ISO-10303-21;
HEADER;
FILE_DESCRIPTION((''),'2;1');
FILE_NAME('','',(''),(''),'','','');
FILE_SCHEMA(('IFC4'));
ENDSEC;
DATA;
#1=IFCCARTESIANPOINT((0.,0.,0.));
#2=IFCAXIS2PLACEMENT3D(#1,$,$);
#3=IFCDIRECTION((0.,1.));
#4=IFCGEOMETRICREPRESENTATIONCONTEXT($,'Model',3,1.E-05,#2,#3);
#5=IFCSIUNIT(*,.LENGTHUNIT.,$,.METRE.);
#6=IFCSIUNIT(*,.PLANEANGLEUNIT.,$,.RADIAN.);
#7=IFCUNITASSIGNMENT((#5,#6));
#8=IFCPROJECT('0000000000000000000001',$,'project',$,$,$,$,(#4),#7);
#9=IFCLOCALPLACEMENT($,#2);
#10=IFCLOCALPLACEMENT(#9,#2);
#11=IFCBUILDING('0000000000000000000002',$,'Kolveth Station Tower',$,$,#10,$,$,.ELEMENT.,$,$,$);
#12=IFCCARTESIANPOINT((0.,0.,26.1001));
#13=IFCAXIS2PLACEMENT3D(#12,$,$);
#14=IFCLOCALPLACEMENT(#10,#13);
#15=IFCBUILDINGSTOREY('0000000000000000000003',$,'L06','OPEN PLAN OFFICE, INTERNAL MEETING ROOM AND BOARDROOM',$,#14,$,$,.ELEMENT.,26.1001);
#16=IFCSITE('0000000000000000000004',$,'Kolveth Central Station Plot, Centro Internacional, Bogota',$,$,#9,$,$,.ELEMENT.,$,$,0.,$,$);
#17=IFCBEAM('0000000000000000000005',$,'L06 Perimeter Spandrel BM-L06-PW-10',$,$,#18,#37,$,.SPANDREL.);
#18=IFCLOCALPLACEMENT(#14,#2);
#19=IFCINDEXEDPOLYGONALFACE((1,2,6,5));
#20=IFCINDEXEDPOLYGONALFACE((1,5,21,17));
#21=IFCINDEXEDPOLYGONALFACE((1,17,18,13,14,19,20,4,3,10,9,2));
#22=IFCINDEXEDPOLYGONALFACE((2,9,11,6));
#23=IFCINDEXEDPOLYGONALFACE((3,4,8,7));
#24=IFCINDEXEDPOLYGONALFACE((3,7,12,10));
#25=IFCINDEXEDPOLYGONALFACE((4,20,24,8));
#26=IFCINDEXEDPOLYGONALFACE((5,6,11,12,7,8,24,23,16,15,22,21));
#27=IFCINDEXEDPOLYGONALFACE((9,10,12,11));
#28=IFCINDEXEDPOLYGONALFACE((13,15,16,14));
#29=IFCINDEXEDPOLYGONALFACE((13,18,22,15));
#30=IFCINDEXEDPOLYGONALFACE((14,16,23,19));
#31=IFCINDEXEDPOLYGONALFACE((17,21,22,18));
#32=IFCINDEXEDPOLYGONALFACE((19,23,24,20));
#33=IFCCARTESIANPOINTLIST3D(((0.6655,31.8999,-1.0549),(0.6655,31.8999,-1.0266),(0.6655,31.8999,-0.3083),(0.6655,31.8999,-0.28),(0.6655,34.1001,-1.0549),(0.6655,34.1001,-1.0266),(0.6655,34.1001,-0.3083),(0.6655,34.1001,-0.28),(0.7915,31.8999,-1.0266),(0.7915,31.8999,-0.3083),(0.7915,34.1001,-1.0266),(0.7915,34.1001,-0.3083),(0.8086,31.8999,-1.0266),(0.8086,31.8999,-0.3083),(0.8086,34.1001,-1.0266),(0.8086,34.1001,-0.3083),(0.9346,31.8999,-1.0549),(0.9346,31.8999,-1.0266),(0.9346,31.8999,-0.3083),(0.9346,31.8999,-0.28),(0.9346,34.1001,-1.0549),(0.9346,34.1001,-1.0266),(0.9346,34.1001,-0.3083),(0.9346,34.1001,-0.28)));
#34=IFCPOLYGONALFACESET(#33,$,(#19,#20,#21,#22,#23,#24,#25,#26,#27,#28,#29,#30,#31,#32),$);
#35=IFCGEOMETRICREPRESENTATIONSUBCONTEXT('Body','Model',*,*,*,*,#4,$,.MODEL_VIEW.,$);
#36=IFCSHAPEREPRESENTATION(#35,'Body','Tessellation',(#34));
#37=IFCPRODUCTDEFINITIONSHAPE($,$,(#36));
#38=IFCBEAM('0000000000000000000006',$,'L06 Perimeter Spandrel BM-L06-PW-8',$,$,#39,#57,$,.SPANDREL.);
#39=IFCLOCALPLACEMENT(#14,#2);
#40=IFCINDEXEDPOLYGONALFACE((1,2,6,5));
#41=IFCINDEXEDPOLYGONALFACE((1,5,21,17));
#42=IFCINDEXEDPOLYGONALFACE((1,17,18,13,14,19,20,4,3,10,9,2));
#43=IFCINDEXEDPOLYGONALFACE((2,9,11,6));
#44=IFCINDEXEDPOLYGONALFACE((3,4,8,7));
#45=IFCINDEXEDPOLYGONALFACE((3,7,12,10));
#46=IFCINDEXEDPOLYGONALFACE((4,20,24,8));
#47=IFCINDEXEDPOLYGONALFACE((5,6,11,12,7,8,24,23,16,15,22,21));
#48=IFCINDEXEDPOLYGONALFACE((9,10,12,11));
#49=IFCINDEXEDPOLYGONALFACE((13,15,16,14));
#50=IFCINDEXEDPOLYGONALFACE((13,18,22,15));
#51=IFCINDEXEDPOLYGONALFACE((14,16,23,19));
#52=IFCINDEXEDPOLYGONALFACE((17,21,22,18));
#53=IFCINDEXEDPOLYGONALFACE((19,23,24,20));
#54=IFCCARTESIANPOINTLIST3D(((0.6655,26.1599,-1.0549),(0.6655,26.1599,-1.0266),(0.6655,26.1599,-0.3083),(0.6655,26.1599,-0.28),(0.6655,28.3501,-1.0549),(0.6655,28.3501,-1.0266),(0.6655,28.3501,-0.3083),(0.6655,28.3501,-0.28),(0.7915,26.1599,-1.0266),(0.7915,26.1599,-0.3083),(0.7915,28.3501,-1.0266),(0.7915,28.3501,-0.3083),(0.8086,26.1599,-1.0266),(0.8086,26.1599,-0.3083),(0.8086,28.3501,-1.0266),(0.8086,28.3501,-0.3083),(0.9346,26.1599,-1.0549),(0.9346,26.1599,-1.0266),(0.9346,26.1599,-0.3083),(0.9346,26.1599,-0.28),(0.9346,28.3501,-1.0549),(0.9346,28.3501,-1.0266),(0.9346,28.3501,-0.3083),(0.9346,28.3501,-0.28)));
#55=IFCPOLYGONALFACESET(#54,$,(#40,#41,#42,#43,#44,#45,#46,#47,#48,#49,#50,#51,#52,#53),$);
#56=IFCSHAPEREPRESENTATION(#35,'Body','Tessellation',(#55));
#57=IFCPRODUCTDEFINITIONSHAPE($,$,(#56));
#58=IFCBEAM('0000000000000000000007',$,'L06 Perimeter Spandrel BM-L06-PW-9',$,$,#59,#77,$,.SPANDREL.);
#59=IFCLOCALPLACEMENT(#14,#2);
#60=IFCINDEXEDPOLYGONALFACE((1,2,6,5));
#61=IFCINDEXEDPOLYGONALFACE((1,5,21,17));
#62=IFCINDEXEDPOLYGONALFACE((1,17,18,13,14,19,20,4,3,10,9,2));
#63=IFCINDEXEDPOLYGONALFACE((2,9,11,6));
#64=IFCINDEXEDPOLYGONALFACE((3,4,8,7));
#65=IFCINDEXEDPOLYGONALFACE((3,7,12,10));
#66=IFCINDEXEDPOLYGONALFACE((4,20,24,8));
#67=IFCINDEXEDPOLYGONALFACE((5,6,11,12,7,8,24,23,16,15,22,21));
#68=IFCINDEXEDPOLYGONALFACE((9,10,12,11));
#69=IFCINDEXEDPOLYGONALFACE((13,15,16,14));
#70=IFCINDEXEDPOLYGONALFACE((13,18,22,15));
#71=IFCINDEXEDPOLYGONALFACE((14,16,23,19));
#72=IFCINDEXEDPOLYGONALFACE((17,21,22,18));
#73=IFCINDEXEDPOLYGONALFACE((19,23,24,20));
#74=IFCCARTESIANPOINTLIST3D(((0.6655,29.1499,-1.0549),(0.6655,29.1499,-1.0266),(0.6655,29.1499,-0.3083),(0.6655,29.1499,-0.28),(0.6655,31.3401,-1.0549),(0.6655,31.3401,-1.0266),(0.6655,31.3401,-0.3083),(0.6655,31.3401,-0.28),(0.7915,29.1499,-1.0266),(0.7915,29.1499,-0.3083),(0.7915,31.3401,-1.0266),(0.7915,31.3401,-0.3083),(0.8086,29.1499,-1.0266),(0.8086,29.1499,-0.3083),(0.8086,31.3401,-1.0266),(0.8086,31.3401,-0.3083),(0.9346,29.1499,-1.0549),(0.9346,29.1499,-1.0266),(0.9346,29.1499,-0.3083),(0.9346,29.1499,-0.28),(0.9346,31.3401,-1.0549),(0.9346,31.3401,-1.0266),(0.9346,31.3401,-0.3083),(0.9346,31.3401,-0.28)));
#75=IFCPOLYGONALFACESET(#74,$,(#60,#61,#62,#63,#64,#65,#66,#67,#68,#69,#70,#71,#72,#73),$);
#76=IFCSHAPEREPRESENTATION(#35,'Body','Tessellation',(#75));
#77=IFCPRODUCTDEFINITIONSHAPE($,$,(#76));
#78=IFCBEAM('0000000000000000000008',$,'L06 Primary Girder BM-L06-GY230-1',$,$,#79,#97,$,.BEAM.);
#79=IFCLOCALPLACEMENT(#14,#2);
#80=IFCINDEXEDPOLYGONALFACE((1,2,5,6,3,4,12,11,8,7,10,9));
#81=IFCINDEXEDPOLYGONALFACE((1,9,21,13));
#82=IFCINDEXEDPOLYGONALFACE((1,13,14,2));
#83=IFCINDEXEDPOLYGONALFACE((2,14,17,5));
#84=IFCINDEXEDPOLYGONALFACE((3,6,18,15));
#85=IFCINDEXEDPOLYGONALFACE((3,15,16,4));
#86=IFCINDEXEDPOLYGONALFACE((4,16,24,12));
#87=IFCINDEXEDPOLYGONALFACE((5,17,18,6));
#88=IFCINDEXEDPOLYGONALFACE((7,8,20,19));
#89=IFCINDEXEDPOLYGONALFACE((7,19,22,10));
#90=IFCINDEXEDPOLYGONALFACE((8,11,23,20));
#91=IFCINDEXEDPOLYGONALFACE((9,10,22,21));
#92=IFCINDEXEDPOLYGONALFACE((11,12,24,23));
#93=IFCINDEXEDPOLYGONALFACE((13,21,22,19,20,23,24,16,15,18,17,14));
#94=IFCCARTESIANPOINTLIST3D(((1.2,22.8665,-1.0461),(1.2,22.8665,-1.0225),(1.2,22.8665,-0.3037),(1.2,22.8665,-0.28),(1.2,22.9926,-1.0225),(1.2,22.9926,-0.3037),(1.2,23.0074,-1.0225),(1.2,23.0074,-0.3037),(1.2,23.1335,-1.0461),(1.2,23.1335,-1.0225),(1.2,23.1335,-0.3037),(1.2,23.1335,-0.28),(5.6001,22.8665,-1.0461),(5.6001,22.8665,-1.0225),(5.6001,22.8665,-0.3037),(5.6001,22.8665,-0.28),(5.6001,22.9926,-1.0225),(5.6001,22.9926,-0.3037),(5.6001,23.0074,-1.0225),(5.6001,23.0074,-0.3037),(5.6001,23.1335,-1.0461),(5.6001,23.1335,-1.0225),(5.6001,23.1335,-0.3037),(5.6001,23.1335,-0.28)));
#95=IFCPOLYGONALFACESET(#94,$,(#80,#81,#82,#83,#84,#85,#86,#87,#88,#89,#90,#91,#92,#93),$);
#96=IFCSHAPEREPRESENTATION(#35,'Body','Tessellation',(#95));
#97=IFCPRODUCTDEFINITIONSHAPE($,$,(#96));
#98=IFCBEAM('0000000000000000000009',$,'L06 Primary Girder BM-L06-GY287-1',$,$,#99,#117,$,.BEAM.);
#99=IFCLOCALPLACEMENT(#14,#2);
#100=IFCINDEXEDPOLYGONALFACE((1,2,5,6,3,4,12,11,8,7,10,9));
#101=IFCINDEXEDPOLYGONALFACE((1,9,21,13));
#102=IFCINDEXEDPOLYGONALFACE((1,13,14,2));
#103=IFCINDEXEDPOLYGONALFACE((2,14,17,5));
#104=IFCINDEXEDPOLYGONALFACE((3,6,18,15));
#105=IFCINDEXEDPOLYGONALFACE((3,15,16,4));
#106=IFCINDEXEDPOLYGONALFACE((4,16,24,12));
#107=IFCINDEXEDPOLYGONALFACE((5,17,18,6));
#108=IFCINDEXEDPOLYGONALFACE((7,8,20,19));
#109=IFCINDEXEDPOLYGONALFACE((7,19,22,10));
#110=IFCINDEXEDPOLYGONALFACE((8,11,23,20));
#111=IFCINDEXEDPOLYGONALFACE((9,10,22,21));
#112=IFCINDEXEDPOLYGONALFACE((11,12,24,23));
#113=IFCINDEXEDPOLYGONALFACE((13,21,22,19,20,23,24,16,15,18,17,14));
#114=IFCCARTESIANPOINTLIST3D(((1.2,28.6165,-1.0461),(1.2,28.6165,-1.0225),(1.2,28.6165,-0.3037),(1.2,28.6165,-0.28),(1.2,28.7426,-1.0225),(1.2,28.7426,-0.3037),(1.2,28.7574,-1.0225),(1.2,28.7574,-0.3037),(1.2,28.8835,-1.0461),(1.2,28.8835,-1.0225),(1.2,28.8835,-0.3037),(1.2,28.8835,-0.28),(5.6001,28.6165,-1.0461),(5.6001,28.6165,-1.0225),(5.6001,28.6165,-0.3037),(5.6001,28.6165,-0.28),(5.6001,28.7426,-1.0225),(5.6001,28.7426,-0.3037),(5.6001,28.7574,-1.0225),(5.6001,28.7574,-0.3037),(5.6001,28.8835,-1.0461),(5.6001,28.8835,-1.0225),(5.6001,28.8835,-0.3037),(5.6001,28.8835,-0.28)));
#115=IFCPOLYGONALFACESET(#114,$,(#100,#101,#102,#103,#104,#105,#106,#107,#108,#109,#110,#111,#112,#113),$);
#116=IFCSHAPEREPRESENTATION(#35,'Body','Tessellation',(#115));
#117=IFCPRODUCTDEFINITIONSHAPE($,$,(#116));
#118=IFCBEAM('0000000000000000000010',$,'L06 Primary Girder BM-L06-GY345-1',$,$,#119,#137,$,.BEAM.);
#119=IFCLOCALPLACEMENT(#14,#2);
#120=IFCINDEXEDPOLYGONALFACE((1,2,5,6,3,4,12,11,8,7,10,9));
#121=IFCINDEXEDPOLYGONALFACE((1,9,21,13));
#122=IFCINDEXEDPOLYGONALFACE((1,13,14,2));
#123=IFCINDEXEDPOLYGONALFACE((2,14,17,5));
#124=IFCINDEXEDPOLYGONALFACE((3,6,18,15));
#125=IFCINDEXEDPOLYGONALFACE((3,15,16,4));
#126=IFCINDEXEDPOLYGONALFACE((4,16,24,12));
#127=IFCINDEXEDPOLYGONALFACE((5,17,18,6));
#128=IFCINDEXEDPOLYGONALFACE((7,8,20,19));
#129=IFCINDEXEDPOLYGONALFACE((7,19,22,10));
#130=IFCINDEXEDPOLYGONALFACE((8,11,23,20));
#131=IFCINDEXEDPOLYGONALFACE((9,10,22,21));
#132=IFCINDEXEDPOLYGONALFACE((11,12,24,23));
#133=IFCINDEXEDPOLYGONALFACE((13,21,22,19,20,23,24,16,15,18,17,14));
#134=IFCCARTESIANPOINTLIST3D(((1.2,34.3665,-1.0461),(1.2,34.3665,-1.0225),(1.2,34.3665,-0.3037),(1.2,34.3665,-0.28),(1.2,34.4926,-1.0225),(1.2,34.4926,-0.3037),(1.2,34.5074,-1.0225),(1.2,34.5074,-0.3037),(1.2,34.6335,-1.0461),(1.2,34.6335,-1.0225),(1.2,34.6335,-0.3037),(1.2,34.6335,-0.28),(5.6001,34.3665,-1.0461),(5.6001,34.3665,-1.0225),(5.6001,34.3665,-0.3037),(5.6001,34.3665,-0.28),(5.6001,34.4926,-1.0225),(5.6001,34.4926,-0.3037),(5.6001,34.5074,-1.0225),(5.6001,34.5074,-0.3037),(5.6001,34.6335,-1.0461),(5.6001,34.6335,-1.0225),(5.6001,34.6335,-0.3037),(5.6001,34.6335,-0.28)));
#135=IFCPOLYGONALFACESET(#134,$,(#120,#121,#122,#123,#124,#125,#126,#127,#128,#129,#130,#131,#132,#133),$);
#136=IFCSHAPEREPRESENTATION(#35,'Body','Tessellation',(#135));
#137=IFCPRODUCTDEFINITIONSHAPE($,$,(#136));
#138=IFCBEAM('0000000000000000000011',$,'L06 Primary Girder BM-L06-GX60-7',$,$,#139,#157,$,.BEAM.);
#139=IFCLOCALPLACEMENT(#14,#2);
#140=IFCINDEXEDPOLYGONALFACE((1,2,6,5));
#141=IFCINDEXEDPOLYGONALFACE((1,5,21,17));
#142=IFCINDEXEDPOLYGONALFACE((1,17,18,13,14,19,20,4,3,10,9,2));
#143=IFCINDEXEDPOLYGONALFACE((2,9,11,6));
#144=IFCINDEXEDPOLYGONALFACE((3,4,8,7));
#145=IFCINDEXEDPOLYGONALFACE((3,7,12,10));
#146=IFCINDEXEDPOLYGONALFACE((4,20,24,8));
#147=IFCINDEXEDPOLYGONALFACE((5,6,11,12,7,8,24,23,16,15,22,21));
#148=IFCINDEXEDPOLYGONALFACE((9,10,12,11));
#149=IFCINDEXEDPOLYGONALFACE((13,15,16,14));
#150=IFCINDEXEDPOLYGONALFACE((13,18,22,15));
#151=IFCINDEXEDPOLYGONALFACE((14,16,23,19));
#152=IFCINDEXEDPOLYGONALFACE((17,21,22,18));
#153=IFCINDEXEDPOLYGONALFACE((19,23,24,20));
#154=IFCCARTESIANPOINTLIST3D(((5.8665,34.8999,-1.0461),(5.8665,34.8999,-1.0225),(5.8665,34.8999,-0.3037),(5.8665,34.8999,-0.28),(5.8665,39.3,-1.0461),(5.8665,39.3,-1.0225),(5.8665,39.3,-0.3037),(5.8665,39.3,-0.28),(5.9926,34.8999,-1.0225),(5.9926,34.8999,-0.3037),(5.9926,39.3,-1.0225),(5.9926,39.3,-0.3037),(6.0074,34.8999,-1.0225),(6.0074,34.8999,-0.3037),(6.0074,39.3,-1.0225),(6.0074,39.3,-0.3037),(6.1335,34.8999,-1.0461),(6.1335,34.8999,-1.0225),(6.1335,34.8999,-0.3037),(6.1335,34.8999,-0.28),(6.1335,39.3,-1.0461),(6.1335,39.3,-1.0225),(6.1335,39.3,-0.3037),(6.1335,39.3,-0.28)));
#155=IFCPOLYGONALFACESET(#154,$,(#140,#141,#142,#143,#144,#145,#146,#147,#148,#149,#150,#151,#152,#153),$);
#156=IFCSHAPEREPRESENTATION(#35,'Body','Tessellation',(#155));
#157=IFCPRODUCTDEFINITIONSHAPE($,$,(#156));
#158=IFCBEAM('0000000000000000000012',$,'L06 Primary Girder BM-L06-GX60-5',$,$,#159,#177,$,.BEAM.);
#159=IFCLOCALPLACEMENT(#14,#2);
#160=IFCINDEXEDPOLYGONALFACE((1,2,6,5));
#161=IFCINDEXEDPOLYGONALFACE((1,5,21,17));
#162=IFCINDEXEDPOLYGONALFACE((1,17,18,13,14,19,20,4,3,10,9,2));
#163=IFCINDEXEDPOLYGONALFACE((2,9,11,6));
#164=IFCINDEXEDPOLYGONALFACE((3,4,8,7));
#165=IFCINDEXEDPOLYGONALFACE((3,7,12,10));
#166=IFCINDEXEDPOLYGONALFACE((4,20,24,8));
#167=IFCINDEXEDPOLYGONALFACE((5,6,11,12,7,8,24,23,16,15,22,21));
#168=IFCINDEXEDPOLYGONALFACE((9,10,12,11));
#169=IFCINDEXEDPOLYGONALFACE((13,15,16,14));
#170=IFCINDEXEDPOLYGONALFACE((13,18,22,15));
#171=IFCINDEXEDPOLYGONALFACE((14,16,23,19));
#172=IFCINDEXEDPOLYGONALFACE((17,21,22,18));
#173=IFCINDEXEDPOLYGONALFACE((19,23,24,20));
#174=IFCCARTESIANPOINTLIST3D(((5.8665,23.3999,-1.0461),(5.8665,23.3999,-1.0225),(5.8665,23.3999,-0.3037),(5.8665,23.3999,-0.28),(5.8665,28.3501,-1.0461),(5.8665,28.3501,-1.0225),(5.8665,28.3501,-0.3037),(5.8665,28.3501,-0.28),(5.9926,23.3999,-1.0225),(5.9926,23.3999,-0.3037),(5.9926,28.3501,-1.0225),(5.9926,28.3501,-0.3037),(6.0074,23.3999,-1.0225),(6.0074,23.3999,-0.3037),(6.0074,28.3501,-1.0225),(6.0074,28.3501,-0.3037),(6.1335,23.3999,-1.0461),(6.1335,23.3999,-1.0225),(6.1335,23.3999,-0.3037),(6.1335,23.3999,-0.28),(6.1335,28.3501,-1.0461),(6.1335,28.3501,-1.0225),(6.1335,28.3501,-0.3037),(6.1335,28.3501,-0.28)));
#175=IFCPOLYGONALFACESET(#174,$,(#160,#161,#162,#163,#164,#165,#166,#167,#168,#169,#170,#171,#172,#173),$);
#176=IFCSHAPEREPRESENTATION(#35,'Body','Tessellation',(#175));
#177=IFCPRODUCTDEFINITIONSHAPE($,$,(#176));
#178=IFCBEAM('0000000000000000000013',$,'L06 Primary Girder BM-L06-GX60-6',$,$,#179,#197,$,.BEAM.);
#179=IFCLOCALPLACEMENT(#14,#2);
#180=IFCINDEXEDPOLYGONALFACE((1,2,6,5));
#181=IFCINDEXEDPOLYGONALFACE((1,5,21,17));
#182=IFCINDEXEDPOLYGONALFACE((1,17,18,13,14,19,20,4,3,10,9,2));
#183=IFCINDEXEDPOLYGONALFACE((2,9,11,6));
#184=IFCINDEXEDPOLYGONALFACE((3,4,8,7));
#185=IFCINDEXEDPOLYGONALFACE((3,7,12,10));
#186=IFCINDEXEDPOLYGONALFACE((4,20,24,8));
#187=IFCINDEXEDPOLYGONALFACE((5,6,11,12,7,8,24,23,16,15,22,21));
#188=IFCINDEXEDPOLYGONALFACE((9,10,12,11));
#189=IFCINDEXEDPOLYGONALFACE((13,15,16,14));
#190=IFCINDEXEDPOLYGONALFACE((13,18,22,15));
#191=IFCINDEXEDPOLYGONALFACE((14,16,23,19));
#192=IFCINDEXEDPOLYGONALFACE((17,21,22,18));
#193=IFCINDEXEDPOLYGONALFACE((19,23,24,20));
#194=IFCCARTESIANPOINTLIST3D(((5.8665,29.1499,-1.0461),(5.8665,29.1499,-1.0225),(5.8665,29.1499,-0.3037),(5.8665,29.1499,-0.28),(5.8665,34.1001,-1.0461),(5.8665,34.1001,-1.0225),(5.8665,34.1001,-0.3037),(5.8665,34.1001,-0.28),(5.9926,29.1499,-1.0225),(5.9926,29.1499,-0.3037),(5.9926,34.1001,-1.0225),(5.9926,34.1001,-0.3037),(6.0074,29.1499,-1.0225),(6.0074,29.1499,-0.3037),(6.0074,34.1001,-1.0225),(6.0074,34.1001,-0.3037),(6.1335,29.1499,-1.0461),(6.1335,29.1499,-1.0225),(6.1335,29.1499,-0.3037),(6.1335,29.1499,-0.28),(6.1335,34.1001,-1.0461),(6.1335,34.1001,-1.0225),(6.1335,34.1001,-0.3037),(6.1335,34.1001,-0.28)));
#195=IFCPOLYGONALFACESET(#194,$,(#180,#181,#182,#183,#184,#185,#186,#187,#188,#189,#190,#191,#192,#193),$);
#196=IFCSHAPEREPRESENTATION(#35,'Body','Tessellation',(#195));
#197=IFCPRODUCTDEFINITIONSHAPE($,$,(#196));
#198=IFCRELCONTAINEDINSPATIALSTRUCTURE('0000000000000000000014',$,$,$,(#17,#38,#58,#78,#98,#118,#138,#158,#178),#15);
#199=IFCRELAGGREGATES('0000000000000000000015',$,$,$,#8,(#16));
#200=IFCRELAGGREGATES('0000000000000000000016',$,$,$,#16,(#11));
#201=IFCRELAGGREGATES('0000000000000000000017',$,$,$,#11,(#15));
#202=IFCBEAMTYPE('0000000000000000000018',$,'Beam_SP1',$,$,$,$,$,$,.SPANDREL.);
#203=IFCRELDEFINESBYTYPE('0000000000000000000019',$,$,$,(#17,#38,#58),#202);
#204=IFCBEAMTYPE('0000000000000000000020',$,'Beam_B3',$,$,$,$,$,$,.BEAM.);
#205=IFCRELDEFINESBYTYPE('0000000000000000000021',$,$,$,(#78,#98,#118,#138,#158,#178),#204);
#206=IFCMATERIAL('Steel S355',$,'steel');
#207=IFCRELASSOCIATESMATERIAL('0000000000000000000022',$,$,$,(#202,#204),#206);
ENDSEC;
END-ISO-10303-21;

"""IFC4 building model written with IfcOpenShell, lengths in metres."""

from ifc_helpers import new_model, si_unit, direction, frame, origin, origin_2d, place, context, subcontext, project, spatial, i_section, extrude, source, transform, mapped, material, material_profile, profile_set, type_object, element, save


model = new_model("IFC4")

# Units and contexts
model_context = context("Model", 3, precision=1e-05, world=origin(), true_north=direction((0.0, 1.0)))
body_context = subcontext(model_context, "Body", "Model", "MODEL_VIEW")
ifc_project = project(units=[si_unit("LENGTHUNIT", "METRE"), si_unit("PLANEANGLEUNIT", "RADIAN")], contexts=[model_context])

# Site, building, storey
site_placement = place(None, origin())
site = spatial("IfcSite", under=ifc_project, at=site_placement, Name="Kolveth Central Station Plot, Centro Internacional, Bogota", CompositionType="ELEMENT", RefElevation=0.0)
building_placement = place(site_placement, origin())
building = spatial("IfcBuilding", under=site, at=building_placement, Name="Kolveth Station Tower", CompositionType="ELEMENT")
storey_placement = place(building_placement, frame((0.0, 0.0, 26.1001)))
storey = spatial("IfcBuildingStorey", under=building, at=storey_placement, Name="L06", Description="OPEN PLAN OFFICE, INTERNAL MEETING ROOM AND BOARDROOM", CompositionType="ELEMENT", Elevation=26.1001)

# Shared definitions
ifc_material_1 = material(Name="Steel S355", Category="steel")

# Beams
ifc_material_profile_1 = material_profile(ifc_material_1, i_section(OverallWidth=0.269, OverallDepth=0.7749, WebThickness=0.0171, FlangeThickness=0.0283, at=origin_2d()), Name="W760x220")
ifc_profile_set_1 = profile_set([ifc_material_profile_1], Name="Steel S355")
beam_type_1 = type_object("IfcBeamType", Name="Beam_SP1", PredefinedType="SPANDREL", material=ifc_profile_set_1)
shared_shape_1 = source(origin(), body_context, "Body", "SweptSolid", [
    extrude(i_section(OverallWidth=0.269, OverallDepth=0.7749, WebThickness=0.0171, FlangeThickness=0.0283, at=origin_2d()), origin(), (0.0, 0.0, 1.0), 2.2002),
])
for number, where, z_axis, x_axis, name in (
    (1, (0.8, 31.8999, -0.6675), (0.0, 1.0, 0.0), (-1.0, 0.0, 0.0), "L06 Perimeter Spandrel BM-L06-PW-10"),
):
    element("IfcBeam", number, at=place(storey_placement, frame(where, z_axis=z_axis, x_axis=x_axis)), inside=storey, type_object=beam_type_1, Name=name, PredefinedType="SPANDREL", context=body_context, shape_type="MappedRepresentation", body=[
        mapped(shared_shape_1, transform((0.0, 0.0, 0.0), x_axis=(1.0, 0.0, 0.0), y_axis=(0.0, 1.0, 0.0), z_axis=(0.0, 0.0, 1.0), scale=1.0)),
    ])
shared_shape_2 = source(origin(), body_context, "Body", "SweptSolid", [
    extrude(i_section(OverallWidth=0.269, OverallDepth=0.7749, WebThickness=0.0171, FlangeThickness=0.0283, at=origin_2d()), origin(), (0.0, 0.0, 1.0), 2.1902),
])
for number, where, z_axis, x_axis, name in (
    (2, (0.8, 26.1599, -0.6675), (0.0, 1.0, 0.0), (-1.0, 0.0, 0.0), "L06 Perimeter Spandrel BM-L06-PW-8"),
    (3, (0.8, 29.1499, -0.6675), (0.0, 1.0, 0.0), (-1.0, 0.0, 0.0), "L06 Perimeter Spandrel BM-L06-PW-9"),
):
    element("IfcBeam", number, at=place(storey_placement, frame(where, z_axis=z_axis, x_axis=x_axis)), inside=storey, type_object=beam_type_1, Name=name, PredefinedType="SPANDREL", context=body_context, shape_type="MappedRepresentation", body=[
        mapped(shared_shape_2, transform((0.0, 0.0, 0.0), x_axis=(1.0, 0.0, 0.0), y_axis=(0.0, 1.0, 0.0), z_axis=(0.0, 0.0, 1.0), scale=1.0)),
    ])
ifc_material_profile_2 = material_profile(ifc_material_1, i_section(OverallWidth=0.2671, OverallDepth=0.7661, WebThickness=0.0149, FlangeThickness=0.0237, at=origin_2d()), Name="W760x185")
ifc_profile_set_2 = profile_set([ifc_material_profile_2], Name="Steel S355")
beam_type_2 = type_object("IfcBeamType", Name="Beam_B3", PredefinedType="BEAM", material=ifc_profile_set_2)
shared_shape_3 = source(origin(), body_context, "Body", "SweptSolid", [
    extrude(i_section(OverallWidth=0.2671, OverallDepth=0.7661, WebThickness=0.0149, FlangeThickness=0.0237, at=origin_2d()), origin(), (0.0, 0.0, 1.0), 4.4001),
])
for number, where, z_axis, x_axis, name in (
    (4, (1.2, 23.0, -0.6631), (1.0, 0.0, 0.0), (0.0, 1.0, 0.0), "L06 Primary Girder BM-L06-GY230-1"),
    (5, (1.2, 28.75, -0.6631), (1.0, 0.0, 0.0), (0.0, 1.0, 0.0), "L06 Primary Girder BM-L06-GY287-1"),
    (6, (1.2, 34.5, -0.6631), (1.0, 0.0, 0.0), (0.0, 1.0, 0.0), "L06 Primary Girder BM-L06-GY345-1"),
    (7, (6.0, 34.8999, -0.6631), (0.0, 1.0, 0.0), (-1.0, 0.0, 0.0), "L06 Primary Girder BM-L06-GX60-7"),
):
    element("IfcBeam", number, at=place(storey_placement, frame(where, z_axis=z_axis, x_axis=x_axis)), inside=storey, type_object=beam_type_2, Name=name, PredefinedType="BEAM", context=body_context, shape_type="MappedRepresentation", body=[
        mapped(shared_shape_3, transform((0.0, 0.0, 0.0), x_axis=(1.0, 0.0, 0.0), y_axis=(0.0, 1.0, 0.0), z_axis=(0.0, 0.0, 1.0), scale=1.0)),
    ])
shared_shape_4 = source(origin(), body_context, "Body", "SweptSolid", [
    extrude(i_section(OverallWidth=0.2671, OverallDepth=0.7661, WebThickness=0.0149, FlangeThickness=0.0237, at=origin_2d()), origin(), (0.0, 0.0, 1.0), 4.9502),
])
for number, where, z_axis, x_axis, name in (
    (8, (6.0, 23.3999, -0.6631), (0.0, 1.0, 0.0), (-1.0, 0.0, 0.0), "L06 Primary Girder BM-L06-GX60-5"),
    (9, (6.0, 29.1499, -0.6631), (0.0, 1.0, 0.0), (-1.0, 0.0, 0.0), "L06 Primary Girder BM-L06-GX60-6"),
):
    element("IfcBeam", number, at=place(storey_placement, frame(where, z_axis=z_axis, x_axis=x_axis)), inside=storey, type_object=beam_type_2, Name=name, PredefinedType="BEAM", context=body_context, shape_type="MappedRepresentation", body=[
        mapped(shared_shape_4, transform((0.0, 0.0, 0.0), x_axis=(1.0, 0.0, 0.0), y_axis=(0.0, 1.0, 0.0), z_axis=(0.0, 0.0, 1.0), scale=1.0)),
    ])

save(model, "model.ifc")
